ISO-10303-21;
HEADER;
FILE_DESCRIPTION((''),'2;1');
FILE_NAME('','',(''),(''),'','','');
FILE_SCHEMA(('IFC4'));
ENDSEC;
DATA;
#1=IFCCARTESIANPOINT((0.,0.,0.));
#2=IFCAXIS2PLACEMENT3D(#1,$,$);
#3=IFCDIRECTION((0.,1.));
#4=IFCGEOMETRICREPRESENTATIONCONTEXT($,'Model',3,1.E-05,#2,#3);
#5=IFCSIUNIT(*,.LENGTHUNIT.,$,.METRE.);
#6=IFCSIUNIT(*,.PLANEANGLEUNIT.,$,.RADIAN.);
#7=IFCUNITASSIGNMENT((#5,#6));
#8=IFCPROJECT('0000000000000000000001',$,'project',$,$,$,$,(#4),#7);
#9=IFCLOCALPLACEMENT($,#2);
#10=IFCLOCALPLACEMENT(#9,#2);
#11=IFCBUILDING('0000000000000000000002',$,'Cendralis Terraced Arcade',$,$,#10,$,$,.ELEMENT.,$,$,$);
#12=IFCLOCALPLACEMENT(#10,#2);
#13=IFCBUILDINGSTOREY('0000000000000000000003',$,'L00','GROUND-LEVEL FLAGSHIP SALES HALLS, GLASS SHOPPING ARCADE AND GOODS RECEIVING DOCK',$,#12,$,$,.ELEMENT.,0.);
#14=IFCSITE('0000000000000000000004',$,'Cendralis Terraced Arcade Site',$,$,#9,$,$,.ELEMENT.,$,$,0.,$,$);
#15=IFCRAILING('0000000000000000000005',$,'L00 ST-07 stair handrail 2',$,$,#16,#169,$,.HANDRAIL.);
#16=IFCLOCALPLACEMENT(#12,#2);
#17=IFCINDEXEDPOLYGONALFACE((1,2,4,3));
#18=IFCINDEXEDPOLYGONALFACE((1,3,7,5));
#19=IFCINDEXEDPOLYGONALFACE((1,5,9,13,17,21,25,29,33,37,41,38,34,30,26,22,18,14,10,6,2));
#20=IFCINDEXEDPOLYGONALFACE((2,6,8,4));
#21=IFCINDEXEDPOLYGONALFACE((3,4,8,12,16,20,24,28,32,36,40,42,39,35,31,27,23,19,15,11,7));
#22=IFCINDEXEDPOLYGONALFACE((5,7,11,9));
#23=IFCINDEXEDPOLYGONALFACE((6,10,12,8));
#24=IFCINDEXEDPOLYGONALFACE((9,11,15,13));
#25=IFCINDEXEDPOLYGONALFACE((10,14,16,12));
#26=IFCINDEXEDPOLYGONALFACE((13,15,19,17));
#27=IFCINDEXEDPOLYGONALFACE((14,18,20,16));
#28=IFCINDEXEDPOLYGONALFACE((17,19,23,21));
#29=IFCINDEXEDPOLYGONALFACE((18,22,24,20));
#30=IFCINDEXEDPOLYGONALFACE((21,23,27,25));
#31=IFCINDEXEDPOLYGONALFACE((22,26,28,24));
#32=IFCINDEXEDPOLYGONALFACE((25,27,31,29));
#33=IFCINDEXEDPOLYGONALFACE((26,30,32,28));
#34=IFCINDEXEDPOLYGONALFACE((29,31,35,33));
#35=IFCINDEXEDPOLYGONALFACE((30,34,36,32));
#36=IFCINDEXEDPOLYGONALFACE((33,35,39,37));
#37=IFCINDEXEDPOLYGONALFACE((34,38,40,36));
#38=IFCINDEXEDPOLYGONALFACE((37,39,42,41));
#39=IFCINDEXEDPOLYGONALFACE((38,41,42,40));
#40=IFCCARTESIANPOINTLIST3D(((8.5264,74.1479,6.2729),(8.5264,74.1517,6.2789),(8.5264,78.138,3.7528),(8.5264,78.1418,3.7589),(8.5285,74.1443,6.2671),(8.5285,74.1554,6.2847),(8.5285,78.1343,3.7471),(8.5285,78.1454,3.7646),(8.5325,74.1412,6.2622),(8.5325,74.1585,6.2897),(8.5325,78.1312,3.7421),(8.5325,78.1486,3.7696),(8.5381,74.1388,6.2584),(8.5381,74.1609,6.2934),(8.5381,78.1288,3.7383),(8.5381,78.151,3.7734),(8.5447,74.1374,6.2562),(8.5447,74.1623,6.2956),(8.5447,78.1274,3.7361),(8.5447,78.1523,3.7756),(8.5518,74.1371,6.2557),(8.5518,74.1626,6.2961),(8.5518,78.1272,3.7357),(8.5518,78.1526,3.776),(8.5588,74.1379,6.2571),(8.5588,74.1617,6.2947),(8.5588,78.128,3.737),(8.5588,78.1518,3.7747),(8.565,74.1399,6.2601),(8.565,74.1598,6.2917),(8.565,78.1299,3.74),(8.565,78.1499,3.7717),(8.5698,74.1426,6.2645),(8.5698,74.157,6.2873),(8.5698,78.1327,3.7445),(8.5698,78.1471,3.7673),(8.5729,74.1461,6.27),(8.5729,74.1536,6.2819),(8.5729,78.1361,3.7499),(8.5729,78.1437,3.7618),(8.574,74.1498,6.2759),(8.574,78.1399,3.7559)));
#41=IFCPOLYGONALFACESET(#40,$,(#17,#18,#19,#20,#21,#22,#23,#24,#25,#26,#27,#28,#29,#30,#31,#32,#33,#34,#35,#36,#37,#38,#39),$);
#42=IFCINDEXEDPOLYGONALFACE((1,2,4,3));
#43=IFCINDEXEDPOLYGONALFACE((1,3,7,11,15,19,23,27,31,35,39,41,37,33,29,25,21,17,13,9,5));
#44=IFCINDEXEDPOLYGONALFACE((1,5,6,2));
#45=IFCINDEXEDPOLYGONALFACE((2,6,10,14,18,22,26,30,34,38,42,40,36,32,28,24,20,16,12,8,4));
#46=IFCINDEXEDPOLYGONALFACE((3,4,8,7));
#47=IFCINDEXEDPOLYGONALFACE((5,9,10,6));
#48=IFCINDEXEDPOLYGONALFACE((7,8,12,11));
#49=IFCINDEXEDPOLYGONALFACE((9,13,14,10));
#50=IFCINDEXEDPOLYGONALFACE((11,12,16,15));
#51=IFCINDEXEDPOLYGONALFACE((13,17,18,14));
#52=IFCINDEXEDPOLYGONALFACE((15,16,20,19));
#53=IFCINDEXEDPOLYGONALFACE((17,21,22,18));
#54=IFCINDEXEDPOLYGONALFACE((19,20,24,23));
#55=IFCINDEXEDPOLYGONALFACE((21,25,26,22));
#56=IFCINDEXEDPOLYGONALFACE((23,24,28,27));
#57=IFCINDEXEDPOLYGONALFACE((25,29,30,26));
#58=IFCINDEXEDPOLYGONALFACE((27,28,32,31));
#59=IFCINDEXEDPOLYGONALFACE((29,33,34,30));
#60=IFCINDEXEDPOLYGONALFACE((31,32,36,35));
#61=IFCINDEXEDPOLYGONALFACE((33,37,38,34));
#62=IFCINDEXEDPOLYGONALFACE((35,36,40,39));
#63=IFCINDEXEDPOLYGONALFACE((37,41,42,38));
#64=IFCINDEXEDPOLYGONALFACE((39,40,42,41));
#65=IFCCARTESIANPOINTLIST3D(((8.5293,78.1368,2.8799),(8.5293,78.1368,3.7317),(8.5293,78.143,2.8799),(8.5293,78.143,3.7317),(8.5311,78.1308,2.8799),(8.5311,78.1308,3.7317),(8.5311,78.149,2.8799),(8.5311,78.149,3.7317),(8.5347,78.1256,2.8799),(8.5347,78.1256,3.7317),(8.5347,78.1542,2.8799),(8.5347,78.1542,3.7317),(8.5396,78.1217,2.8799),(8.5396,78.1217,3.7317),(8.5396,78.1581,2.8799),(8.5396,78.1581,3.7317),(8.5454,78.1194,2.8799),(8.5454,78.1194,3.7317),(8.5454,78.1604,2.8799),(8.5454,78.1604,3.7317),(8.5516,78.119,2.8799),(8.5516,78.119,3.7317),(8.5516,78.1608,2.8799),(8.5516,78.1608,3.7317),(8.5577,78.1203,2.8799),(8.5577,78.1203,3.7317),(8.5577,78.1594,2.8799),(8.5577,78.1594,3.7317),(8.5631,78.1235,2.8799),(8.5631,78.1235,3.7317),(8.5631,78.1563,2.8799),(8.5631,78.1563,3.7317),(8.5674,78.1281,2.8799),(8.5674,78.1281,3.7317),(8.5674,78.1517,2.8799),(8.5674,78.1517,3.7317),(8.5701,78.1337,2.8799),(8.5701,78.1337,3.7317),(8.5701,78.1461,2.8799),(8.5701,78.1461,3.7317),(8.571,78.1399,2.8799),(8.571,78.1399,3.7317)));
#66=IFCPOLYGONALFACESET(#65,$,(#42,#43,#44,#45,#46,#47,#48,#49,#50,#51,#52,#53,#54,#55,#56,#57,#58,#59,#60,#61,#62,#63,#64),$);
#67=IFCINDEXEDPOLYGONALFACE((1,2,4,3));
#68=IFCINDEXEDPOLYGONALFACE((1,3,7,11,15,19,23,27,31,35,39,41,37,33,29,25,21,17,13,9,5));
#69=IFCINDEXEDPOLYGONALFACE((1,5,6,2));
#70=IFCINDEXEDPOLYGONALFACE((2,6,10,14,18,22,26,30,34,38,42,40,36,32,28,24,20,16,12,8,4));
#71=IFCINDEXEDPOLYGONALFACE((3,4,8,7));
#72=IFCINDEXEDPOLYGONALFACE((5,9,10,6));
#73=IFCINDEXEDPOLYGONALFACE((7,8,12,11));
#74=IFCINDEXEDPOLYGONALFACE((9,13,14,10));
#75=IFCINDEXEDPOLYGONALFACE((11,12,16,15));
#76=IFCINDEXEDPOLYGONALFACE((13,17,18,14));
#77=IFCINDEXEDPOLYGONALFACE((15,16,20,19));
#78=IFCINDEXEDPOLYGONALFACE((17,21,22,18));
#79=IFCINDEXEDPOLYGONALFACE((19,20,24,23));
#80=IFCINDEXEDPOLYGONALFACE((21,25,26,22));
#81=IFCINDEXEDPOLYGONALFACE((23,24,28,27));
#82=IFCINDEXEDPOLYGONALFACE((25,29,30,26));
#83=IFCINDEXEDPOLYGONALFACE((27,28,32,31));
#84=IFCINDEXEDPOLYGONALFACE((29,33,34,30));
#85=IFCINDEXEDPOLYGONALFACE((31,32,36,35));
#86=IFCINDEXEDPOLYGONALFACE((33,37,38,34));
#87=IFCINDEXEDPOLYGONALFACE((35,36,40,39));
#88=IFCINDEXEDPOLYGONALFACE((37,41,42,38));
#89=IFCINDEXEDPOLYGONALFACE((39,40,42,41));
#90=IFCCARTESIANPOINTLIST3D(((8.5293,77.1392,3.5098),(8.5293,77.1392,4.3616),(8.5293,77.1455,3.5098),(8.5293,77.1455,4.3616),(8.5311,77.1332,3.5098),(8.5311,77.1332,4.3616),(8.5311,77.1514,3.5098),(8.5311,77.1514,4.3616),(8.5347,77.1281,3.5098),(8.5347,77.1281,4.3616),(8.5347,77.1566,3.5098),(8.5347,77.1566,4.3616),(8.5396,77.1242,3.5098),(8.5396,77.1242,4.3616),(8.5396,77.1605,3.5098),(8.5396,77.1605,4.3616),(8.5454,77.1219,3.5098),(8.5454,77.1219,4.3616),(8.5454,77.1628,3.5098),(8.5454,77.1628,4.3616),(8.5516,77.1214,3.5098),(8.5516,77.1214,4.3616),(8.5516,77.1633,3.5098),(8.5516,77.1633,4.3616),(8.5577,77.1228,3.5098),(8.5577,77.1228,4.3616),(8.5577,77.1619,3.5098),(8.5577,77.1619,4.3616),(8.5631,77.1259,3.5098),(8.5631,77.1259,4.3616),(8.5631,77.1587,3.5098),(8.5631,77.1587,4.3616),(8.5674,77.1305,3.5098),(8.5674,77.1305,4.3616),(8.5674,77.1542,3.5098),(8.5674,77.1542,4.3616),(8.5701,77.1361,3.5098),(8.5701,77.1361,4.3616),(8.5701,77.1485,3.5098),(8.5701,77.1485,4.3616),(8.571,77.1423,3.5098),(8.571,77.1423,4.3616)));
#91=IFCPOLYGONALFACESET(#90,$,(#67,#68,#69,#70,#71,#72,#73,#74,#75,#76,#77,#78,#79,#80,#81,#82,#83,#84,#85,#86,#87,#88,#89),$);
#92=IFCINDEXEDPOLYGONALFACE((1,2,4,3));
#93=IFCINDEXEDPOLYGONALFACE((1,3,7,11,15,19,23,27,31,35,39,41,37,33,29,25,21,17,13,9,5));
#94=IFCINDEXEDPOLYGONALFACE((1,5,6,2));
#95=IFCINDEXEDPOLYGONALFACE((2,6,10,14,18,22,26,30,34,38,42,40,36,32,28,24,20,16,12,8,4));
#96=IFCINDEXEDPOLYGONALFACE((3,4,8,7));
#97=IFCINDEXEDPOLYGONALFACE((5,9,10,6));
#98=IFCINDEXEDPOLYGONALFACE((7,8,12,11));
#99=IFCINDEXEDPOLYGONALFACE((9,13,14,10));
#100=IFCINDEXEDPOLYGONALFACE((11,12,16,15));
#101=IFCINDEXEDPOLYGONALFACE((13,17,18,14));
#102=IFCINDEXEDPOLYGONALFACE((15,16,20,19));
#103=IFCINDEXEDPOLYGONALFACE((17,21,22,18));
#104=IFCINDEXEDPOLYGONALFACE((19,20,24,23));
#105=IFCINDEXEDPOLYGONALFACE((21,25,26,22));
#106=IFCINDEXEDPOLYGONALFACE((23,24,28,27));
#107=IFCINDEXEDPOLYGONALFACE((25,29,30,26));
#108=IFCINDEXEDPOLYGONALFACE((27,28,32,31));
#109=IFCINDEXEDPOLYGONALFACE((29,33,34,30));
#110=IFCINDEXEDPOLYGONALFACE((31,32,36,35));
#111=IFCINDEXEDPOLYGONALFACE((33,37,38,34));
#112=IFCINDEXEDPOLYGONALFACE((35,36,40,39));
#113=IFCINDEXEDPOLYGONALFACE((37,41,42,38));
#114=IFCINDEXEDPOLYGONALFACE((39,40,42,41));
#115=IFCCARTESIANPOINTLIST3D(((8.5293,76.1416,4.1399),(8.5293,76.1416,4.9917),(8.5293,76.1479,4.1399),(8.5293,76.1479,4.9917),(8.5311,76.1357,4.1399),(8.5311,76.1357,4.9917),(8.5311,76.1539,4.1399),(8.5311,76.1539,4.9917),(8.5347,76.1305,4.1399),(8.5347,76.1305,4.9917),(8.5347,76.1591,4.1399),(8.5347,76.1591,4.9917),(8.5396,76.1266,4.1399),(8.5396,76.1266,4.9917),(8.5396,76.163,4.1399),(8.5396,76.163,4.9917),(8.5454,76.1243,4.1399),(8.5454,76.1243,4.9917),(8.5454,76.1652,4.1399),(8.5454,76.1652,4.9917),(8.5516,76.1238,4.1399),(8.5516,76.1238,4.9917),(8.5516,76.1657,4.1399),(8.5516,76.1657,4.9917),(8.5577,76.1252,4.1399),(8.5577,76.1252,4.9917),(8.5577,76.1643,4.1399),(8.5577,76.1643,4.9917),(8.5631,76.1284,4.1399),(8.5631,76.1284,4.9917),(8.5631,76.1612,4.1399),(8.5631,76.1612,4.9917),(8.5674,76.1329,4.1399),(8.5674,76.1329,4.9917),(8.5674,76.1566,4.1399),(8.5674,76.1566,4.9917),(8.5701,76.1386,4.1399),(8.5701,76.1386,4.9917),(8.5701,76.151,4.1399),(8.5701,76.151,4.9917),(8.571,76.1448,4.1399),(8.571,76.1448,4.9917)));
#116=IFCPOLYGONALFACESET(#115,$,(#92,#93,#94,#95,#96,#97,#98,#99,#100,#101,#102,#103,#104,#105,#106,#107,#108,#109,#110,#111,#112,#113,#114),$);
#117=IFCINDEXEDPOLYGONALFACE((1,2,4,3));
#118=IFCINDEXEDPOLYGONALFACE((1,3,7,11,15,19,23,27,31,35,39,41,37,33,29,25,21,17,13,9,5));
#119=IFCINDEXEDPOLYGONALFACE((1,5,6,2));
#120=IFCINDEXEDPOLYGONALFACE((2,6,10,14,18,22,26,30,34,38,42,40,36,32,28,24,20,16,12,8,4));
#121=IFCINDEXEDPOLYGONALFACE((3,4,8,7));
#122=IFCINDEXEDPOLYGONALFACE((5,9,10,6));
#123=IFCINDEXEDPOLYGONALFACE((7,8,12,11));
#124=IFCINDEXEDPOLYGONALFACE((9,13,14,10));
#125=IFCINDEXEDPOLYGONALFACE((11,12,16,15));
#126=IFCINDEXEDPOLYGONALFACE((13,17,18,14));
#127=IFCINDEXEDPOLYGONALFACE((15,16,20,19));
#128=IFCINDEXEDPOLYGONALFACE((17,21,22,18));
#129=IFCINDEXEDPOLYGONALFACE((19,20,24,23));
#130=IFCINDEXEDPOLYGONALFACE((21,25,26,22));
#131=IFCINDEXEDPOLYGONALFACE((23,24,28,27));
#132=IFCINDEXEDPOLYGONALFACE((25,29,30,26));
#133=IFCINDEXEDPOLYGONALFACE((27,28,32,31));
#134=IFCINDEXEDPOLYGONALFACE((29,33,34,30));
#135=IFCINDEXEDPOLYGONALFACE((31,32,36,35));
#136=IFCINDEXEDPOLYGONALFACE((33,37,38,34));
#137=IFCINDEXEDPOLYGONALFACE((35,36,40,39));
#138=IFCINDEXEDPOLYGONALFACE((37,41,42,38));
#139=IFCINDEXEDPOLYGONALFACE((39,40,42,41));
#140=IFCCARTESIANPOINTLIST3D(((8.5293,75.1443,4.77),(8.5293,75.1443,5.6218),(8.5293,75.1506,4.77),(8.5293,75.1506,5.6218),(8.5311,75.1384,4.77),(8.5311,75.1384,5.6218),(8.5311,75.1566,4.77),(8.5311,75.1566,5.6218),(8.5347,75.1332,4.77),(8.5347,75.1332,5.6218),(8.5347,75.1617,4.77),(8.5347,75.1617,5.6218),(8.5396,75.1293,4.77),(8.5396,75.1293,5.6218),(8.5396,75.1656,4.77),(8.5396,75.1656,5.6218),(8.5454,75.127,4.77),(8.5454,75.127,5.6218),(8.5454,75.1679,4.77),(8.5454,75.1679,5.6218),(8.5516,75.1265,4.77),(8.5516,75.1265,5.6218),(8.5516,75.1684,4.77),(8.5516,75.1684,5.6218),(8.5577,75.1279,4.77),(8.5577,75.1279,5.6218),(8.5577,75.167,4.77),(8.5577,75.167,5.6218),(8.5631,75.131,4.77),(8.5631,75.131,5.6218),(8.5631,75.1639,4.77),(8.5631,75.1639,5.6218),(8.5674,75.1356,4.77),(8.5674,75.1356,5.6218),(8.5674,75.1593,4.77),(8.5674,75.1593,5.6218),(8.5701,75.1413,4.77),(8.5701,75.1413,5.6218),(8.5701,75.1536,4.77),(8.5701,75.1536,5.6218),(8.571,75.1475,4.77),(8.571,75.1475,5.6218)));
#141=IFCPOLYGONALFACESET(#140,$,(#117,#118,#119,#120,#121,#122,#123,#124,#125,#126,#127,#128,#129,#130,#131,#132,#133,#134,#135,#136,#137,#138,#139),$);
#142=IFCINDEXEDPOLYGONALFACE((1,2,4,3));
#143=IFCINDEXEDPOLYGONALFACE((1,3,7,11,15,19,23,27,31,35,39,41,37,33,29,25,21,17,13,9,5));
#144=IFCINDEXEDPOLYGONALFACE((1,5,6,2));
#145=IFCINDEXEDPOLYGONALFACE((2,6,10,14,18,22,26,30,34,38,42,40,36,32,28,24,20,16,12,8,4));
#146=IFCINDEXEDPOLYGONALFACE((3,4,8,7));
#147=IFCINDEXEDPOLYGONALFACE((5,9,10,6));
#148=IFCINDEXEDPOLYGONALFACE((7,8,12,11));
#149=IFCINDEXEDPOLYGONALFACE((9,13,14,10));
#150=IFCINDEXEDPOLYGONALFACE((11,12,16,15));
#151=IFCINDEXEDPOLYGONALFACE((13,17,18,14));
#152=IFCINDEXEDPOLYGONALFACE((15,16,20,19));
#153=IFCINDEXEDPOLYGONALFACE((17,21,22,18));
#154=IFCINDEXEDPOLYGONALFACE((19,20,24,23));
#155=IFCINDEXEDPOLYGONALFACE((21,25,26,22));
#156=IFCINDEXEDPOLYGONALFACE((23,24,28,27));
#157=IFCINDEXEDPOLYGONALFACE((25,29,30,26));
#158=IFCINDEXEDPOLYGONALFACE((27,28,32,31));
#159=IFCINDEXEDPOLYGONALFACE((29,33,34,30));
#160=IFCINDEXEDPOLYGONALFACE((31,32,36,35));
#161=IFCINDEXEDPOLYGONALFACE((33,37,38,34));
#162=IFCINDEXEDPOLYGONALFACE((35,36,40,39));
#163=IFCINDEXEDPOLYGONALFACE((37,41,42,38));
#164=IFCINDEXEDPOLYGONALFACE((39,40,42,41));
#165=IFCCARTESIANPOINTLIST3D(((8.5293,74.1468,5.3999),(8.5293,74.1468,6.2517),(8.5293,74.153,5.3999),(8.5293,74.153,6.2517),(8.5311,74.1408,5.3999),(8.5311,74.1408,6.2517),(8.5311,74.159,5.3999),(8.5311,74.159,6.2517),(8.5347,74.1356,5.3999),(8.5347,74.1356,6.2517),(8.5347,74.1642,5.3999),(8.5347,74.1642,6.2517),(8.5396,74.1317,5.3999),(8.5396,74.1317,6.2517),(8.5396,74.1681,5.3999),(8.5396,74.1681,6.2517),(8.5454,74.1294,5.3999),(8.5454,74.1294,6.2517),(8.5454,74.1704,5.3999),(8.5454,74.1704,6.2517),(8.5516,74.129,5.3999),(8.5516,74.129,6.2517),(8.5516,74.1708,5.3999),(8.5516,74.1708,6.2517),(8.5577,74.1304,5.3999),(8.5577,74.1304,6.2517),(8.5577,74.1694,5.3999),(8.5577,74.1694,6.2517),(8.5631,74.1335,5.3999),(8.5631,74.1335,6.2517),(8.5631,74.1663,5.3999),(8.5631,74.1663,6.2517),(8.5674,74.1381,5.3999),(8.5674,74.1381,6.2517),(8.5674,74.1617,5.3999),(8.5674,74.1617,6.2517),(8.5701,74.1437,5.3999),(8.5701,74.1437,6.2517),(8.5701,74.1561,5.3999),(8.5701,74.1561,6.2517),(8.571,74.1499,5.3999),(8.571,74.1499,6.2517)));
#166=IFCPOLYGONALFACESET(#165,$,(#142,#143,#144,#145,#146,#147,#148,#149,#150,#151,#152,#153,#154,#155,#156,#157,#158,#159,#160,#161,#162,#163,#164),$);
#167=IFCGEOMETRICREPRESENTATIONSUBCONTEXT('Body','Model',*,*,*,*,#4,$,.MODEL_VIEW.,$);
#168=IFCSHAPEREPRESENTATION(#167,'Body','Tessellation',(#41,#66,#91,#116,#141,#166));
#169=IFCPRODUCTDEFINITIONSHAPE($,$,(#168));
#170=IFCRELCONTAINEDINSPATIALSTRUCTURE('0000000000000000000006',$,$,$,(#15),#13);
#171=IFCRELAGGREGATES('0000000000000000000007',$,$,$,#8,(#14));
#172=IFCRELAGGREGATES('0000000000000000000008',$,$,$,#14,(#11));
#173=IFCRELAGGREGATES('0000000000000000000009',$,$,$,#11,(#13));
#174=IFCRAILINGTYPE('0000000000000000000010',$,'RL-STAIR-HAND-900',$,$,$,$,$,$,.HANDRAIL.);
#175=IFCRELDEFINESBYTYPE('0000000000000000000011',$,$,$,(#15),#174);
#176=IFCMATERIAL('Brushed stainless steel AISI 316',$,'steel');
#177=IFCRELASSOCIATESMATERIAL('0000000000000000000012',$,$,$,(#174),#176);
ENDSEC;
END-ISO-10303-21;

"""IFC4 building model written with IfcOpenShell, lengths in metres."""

from ifc_helpers import new_model, si_unit, direction, frame, origin, origin_2d, place, context, subcontext, project, spatial, circle, extrude, material, type_object, element, save


model = new_model("IFC4")

# Units and contexts
model_context = context("Model", 3, precision=1e-05, world=origin(), true_north=direction((0.0, 1.0)))
body_context = subcontext(model_context, "Body", "Model", "MODEL_VIEW")
ifc_project = project(units=[si_unit("LENGTHUNIT", "METRE"), si_unit("PLANEANGLEUNIT", "RADIAN")], contexts=[model_context])

# Site, building, storey
site_placement = place(None, origin())
site = spatial("IfcSite", under=ifc_project, at=site_placement, Name="Cendralis Terraced Arcade Site", CompositionType="ELEMENT", RefElevation=0.0)
building_placement = place(site_placement, origin())
building = spatial("IfcBuilding", under=site, at=building_placement, Name="Cendralis Terraced Arcade", CompositionType="ELEMENT")
storey_placement = place(building_placement, origin())
storey = spatial("IfcBuildingStorey", under=building, at=storey_placement, Name="L00", Description="GROUND-LEVEL FLAGSHIP SALES HALLS, GLASS SHOPPING ARCADE AND GOODS RECEIVING DOCK", CompositionType="ELEMENT", Elevation=0.0)

# Railing
ifc_material_1 = material(Name="Brushed stainless steel AISI 316", Category="steel")
railing_type_1 = type_object("IfcRailingType", Name="RL-STAIR-HAND-900", PredefinedType="HANDRAIL", material=ifc_material_1)
railing_1_placement = place(storey_placement, frame((8.55, 78.1399, 2.8799)))
element("IfcRailing", 1, at=railing_1_placement, inside=storey, type_object=railing_type_1, Name="L00 ST-07 stair handrail 2", PredefinedType="HANDRAIL", context=body_context, shape_type="SweptSolid", body=[
    extrude(circle(Radius=0.0239, at=origin_2d()), frame((0.0, 0.0, 0.876), z_axis=(0.0, -0.845486, 0.533997), x_axis=(1.0, 0.0, 0.0)), (0.0, 0.0, 1.0), 4.7192),
    extrude(circle(Radius=0.021, at=origin_2d()), origin(), (0.0, 0.0, 1.0), 0.8518),
    extrude(circle(Radius=0.021, at=origin_2d()), frame((0.0, -0.9976, 0.6299)), (0.0, 0.0, 1.0), 0.8518),
    extrude(circle(Radius=0.021, at=origin_2d()), frame((0.0, -1.9951, 1.26)), (0.0, 0.0, 1.0), 0.8518),
    extrude(circle(Radius=0.021, at=origin_2d()), frame((0.0, -2.9924, 1.8901)), (0.0, 0.0, 1.0), 0.8518),
    extrude(circle(Radius=0.021, at=origin_2d()), frame((0.0, -3.99, 2.52)), (0.0, 0.0, 1.0), 0.8518),
])

save(model, "model.ifc")
